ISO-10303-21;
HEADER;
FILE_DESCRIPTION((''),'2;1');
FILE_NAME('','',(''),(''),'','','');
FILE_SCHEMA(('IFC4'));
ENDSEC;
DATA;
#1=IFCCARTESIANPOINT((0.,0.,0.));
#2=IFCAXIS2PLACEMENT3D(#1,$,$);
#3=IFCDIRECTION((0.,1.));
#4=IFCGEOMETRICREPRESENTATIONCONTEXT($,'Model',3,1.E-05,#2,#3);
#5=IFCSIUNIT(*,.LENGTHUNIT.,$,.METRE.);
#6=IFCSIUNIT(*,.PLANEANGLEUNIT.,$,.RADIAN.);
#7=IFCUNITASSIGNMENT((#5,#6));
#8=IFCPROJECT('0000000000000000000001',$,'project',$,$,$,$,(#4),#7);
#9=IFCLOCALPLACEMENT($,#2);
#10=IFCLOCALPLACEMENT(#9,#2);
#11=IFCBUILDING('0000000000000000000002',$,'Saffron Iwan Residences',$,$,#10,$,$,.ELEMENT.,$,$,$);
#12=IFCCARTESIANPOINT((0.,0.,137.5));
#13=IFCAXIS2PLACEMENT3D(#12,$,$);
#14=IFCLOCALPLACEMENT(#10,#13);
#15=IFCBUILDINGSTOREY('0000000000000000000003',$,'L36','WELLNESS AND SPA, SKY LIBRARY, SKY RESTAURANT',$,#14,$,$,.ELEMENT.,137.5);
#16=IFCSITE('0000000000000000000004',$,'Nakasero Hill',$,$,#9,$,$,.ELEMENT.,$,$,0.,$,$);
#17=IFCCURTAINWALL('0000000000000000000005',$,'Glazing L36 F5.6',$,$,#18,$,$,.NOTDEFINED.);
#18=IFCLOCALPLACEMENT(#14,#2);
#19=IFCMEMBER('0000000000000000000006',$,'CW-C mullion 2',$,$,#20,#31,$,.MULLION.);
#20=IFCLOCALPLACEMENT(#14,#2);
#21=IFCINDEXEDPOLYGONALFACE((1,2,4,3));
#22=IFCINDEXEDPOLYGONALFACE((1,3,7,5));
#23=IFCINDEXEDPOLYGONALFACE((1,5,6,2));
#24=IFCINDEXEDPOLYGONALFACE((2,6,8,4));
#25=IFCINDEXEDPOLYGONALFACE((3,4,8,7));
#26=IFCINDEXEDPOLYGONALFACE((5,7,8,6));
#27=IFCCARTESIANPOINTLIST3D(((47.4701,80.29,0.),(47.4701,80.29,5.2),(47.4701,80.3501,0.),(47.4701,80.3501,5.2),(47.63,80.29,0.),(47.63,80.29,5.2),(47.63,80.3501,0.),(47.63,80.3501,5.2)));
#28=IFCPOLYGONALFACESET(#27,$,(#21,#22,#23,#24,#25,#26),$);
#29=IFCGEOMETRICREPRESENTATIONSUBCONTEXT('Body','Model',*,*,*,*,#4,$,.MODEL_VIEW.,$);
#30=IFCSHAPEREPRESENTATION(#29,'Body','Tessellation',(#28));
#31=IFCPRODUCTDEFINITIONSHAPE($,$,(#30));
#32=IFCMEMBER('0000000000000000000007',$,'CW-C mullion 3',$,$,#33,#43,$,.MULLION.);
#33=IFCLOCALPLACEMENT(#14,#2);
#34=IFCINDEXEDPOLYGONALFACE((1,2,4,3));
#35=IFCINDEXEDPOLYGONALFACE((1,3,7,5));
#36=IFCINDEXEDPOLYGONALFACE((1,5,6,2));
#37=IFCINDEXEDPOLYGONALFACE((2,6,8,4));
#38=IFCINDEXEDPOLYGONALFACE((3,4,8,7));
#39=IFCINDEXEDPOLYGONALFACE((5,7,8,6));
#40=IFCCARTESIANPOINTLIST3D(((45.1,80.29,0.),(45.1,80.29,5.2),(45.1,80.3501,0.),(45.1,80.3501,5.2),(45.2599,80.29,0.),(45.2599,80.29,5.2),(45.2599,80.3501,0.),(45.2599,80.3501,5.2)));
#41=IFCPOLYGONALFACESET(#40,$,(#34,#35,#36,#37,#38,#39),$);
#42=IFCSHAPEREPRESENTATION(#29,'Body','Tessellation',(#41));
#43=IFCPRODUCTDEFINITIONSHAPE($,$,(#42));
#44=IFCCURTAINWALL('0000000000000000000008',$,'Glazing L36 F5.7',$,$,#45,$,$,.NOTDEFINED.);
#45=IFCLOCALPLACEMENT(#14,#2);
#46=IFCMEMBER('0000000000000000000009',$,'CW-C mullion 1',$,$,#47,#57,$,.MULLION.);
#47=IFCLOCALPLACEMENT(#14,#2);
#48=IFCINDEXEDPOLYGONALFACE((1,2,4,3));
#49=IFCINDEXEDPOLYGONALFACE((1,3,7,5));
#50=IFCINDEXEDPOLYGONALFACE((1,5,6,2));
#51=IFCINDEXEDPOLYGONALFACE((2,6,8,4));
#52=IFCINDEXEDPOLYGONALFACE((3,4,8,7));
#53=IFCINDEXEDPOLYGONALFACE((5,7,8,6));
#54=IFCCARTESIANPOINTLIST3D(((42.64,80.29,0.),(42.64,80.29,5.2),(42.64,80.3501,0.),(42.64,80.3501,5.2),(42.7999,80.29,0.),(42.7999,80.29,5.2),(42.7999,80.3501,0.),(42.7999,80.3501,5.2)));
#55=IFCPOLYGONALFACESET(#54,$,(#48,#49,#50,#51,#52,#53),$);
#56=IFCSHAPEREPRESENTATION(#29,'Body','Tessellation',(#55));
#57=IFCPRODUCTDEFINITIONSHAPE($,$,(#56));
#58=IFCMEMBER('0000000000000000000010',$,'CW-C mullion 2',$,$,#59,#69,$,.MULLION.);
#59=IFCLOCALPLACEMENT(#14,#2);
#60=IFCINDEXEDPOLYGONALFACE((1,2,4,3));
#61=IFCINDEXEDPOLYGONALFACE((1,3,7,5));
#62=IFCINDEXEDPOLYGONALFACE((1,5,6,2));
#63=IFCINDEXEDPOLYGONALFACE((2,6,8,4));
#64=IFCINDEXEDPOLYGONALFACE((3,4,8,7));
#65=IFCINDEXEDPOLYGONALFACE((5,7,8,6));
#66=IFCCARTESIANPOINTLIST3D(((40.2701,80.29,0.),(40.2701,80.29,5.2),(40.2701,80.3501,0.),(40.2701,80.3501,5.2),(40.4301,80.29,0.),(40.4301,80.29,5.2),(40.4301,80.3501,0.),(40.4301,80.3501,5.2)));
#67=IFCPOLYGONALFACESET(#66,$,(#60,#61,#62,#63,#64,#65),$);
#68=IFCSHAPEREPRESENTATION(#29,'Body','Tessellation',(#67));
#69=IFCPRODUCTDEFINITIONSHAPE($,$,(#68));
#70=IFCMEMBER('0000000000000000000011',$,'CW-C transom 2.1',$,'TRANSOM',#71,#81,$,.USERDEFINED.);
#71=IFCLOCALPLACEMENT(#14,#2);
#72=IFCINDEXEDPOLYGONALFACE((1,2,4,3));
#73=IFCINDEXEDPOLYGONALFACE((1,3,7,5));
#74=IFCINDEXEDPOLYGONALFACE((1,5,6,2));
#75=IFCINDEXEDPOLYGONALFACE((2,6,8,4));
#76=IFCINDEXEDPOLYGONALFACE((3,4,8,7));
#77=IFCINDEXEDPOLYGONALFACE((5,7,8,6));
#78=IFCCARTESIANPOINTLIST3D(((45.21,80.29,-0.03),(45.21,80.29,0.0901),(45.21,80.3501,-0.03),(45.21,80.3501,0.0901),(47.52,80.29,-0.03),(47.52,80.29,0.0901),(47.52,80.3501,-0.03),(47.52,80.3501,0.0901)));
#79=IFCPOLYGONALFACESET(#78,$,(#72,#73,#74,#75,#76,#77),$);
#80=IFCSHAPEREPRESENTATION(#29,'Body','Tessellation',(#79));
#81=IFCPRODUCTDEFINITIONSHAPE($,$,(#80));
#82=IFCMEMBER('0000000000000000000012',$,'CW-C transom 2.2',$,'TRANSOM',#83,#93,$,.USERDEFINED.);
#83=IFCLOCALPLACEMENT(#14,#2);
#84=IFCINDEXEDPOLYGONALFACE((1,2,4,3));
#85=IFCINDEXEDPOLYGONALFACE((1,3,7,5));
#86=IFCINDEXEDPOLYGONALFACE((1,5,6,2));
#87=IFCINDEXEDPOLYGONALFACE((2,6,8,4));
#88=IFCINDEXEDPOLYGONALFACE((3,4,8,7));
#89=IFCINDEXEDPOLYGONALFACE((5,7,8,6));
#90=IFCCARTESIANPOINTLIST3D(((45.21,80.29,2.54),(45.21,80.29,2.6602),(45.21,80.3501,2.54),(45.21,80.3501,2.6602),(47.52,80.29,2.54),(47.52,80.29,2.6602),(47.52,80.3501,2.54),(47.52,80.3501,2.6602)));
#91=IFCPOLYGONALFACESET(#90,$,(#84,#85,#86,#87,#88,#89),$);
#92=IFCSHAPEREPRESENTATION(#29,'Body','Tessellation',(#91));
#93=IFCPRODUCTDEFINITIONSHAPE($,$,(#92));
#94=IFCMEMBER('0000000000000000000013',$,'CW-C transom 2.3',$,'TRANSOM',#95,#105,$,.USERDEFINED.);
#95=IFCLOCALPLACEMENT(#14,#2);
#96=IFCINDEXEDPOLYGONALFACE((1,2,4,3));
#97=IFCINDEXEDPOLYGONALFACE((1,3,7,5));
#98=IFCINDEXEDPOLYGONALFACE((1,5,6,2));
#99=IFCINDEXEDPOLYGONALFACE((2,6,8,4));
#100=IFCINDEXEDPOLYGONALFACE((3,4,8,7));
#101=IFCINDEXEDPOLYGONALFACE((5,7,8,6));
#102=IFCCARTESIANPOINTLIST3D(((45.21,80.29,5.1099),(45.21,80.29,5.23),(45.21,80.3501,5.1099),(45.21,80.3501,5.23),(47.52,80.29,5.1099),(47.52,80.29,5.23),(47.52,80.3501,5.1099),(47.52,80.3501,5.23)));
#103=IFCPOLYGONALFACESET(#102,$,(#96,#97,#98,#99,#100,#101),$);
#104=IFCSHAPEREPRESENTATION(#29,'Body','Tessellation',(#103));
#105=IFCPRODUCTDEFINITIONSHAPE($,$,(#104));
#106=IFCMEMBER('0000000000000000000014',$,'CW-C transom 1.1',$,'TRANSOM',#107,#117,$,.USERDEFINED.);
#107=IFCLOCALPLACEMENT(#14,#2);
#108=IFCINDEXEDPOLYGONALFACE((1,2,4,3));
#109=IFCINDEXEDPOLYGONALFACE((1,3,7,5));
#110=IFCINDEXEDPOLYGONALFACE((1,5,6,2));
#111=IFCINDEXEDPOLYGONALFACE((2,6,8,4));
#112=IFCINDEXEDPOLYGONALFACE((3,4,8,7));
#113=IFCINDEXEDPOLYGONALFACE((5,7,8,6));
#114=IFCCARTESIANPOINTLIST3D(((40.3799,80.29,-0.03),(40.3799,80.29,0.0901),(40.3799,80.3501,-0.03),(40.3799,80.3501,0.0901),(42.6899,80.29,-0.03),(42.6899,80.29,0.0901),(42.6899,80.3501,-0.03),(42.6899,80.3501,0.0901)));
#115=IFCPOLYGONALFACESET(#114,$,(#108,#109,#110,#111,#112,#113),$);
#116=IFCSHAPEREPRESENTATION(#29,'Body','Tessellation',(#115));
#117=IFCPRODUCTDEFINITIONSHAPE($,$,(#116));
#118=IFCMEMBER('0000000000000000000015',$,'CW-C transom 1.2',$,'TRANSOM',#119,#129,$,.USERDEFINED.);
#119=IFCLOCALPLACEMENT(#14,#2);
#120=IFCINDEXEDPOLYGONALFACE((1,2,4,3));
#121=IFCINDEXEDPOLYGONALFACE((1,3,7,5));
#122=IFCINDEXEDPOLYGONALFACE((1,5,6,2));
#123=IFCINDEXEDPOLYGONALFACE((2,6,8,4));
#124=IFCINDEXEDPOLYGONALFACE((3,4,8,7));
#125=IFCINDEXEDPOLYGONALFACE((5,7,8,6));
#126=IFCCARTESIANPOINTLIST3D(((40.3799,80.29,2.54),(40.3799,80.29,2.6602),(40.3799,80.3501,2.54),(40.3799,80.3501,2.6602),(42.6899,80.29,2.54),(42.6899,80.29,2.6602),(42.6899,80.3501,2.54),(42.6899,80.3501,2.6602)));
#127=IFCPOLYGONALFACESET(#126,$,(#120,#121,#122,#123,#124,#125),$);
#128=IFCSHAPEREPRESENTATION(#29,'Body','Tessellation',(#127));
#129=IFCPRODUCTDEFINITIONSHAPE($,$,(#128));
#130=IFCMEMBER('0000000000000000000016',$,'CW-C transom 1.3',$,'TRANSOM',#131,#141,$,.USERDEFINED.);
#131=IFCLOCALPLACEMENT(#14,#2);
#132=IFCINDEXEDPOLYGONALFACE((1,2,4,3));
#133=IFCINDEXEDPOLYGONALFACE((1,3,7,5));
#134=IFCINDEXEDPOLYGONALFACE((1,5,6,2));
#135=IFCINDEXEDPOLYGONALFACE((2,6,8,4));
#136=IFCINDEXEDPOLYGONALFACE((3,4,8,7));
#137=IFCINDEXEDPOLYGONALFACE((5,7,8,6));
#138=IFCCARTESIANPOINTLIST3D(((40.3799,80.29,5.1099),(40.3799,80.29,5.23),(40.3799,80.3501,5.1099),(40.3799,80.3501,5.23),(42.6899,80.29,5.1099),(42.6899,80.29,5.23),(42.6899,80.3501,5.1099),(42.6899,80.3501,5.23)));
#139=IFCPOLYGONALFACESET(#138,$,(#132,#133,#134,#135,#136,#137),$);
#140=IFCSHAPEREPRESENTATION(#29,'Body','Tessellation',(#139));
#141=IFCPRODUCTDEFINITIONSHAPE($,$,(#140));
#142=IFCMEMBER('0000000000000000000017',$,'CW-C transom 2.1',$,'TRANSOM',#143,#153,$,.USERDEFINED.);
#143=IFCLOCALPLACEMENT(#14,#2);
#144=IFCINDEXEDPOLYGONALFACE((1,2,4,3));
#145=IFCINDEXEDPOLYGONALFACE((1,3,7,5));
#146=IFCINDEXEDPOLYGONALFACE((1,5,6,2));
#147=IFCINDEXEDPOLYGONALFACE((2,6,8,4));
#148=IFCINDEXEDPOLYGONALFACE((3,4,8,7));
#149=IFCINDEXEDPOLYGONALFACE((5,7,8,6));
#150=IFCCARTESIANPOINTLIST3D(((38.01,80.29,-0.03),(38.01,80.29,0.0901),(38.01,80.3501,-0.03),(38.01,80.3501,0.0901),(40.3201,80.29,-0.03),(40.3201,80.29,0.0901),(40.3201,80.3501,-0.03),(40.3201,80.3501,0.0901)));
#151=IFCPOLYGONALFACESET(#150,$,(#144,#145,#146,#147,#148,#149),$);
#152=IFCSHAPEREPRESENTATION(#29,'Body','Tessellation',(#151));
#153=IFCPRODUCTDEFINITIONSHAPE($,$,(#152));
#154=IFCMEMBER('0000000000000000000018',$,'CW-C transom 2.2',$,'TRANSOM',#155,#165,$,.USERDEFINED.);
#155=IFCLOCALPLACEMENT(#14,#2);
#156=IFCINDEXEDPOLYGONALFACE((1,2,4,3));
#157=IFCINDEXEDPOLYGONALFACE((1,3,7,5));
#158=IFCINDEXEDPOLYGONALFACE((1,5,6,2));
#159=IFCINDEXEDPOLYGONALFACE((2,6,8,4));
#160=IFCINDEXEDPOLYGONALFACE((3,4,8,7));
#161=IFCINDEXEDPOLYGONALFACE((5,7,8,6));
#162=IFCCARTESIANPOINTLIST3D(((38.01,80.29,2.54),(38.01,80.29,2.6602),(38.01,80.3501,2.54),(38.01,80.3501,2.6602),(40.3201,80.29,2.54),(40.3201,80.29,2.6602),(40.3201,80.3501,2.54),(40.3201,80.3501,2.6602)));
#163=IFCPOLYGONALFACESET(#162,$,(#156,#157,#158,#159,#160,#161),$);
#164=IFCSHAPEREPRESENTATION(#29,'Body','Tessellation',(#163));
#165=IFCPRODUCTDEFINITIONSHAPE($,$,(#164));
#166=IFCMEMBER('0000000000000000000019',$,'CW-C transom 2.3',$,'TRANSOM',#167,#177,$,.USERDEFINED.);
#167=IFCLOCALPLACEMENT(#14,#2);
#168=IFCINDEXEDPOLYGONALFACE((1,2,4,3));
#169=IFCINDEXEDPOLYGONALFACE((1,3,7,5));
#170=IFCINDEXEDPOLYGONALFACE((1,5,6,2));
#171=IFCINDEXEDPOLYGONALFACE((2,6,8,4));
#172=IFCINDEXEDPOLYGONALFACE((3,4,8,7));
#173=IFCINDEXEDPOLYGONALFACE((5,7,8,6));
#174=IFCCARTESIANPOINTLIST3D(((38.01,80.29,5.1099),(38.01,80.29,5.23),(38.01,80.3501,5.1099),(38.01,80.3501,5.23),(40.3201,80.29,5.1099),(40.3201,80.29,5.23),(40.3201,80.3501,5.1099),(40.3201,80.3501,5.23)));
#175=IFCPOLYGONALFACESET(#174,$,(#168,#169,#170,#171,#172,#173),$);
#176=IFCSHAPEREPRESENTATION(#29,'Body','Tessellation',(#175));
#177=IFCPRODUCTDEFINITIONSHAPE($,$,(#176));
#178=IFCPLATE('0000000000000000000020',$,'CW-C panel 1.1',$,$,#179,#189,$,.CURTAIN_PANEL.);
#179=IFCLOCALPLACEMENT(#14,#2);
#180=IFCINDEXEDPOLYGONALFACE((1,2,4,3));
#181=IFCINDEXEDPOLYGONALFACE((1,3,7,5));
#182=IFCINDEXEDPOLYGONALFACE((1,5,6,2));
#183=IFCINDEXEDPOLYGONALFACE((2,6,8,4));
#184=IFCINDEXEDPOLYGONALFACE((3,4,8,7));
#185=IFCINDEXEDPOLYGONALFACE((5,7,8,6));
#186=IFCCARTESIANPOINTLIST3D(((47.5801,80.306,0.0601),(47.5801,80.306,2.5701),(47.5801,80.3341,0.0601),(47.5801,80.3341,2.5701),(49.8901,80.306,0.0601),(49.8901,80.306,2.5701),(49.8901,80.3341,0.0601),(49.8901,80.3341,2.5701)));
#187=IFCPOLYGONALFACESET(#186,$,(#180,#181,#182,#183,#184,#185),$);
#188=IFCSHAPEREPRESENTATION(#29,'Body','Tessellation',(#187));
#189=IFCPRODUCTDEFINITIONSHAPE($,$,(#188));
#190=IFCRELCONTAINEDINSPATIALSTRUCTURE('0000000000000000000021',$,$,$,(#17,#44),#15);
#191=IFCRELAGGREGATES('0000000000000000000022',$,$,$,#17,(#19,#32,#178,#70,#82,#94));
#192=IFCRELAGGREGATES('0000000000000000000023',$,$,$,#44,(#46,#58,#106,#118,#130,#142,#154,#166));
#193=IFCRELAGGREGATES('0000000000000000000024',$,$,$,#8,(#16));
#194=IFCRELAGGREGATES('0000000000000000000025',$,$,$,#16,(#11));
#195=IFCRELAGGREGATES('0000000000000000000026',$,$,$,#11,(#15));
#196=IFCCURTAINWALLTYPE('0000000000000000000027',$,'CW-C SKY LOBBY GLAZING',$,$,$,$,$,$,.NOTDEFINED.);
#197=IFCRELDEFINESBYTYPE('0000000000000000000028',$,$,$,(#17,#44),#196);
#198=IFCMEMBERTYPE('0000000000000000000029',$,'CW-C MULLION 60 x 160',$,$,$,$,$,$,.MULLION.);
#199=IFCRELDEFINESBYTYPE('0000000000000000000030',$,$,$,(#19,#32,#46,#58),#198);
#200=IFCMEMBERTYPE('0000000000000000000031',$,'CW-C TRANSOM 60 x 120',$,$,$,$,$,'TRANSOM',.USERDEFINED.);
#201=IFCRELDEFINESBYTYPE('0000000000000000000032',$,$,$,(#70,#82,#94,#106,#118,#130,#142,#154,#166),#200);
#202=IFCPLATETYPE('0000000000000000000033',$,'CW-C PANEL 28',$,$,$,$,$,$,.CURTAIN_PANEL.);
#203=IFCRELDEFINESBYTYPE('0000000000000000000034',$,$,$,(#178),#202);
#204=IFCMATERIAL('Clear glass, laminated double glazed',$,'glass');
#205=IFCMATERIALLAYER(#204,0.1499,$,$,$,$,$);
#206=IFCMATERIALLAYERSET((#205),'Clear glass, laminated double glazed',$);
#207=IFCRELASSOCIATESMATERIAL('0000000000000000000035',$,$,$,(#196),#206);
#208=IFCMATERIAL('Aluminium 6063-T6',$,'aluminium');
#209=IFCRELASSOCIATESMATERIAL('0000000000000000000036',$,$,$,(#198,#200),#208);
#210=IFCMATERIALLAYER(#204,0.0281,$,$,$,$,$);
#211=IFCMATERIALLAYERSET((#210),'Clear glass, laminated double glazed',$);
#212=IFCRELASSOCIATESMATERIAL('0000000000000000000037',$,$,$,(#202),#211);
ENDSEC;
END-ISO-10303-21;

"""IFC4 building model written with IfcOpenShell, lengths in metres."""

from ifc_helpers import new_model, si_unit, direction, frame, origin, origin_2d, place, context, subcontext, project, spatial, rectangle, extrude, source, transform, mapped, material, layer, layer_set, material_profile, profile_set, type_object, element, aggregate, save


model = new_model("IFC4")

# Units and contexts
model_context = context("Model", 3, precision=1e-05, world=origin(), true_north=direction((0.0, 1.0)))
body_context = subcontext(model_context, "Body", "Model", "MODEL_VIEW")
ifc_project = project(units=[si_unit("LENGTHUNIT", "METRE"), si_unit("PLANEANGLEUNIT", "RADIAN")], contexts=[model_context])

# Site, building, storey
site_placement = place(None, origin())
site = spatial("IfcSite", under=ifc_project, at=site_placement, Name="Nakasero Hill", CompositionType="ELEMENT", RefElevation=0.0)
building_placement = place(site_placement, origin())
building = spatial("IfcBuilding", under=site, at=building_placement, Name="Saffron Iwan Residences", CompositionType="ELEMENT")
storey_placement = place(building_placement, frame((0.0, 0.0, 137.5)))
storey = spatial("IfcBuildingStorey", under=building, at=storey_placement, Name="L36", Description="WELLNESS AND SPA, SKY LIBRARY, SKY RESTAURANT", CompositionType="ELEMENT", Elevation=137.5)

# Curtain walls, members
ifc_material_1 = material(Name="Clear glass, laminated double glazed", Category="glass")
ifc_layer_1 = layer(ifc_material_1, 0.1499)
ifc_layer_set_1 = layer_set([ifc_layer_1], Name="Clear glass, laminated double glazed")
curtain_wall_type = type_object("IfcCurtainWallType", Name="CW-C SKY LOBBY GLAZING", PredefinedType="NOTDEFINED", material=ifc_layer_set_1)
curtain_wall_1_placement = place(storey_placement, origin())
curtain_wall_1 = element("IfcCurtainWall", 1, at=curtain_wall_1_placement, inside=storey, type_object=curtain_wall_type, Name="Glazing L36 F5.6", PredefinedType="NOTDEFINED")
ifc_material_2 = material(Name="Aluminium 6063-T6", Category="aluminium")
ifc_material_profile_1 = material_profile(ifc_material_2, rectangle(XDim=0.0601, YDim=0.1599, at=origin_2d()), Name="CW-C MULLION 60 x 160")
ifc_profile_set_1 = profile_set([ifc_material_profile_1], Name="Aluminium 6063-T6")
member_type_1 = type_object("IfcMemberType", Name="CW-C MULLION 60 x 160", PredefinedType="MULLION", material=ifc_profile_set_1)
shared_shape_1 = source(origin(), body_context, "Body", "SweptSolid", [
    extrude(rectangle(XDim=0.0601, YDim=0.1599, at=origin_2d()), origin(), (0.0, 0.0, 1.0), 5.2),
])
member_1_placement = place(storey_placement, frame((47.55, 80.3201, 0.0), z_axis=(0.0, 0.0, 1.0), x_axis=(0.0, -1.0, 0.0)))
member_1 = element("IfcMember", 2, at=member_1_placement, type_object=member_type_1, Name="CW-C mullion 2", PredefinedType="MULLION", context=body_context, shape_type="MappedRepresentation", body=[
    mapped(shared_shape_1, transform((0.0, 0.0, 0.0))),
])
member_2_placement = place(storey_placement, frame((45.1799, 80.3201, 0.0), z_axis=(0.0, 0.0, 1.0), x_axis=(0.0, -1.0, 0.0)))
member_2 = element("IfcMember", 3, at=member_2_placement, type_object=member_type_1, Name="CW-C mullion 3", PredefinedType="MULLION", context=body_context, shape_type="MappedRepresentation", body=[
    mapped(shared_shape_1, transform((0.0, 0.0, 0.0))),
])
curtain_wall_2_placement = place(storey_placement, origin())
curtain_wall_2 = element("IfcCurtainWall", 4, at=curtain_wall_2_placement, inside=storey, type_object=curtain_wall_type, Name="Glazing L36 F5.7", PredefinedType="NOTDEFINED")
member_3_placement = place(storey_placement, frame((42.72, 80.3201, 0.0), z_axis=(0.0, 0.0, 1.0), x_axis=(0.0, -1.0, 0.0)))
member_3 = element("IfcMember", 5, at=member_3_placement, type_object=member_type_1, Name="CW-C mullion 1", PredefinedType="MULLION", context=body_context, shape_type="MappedRepresentation", body=[
    mapped(shared_shape_1, transform((0.0, 0.0, 0.0))),
])
member_4_placement = place(storey_placement, frame((40.3501, 80.3201, 0.0), z_axis=(0.0, 0.0, 1.0), x_axis=(0.0, -1.0, 0.0)))
member_4 = element("IfcMember", 6, at=member_4_placement, type_object=member_type_1, Name="CW-C mullion 2", PredefinedType="MULLION", context=body_context, shape_type="MappedRepresentation", body=[
    mapped(shared_shape_1, transform((0.0, 0.0, 0.0))),
])

# Members
ifc_material_profile_2 = material_profile(ifc_material_2, rectangle(XDim=0.0601, YDim=0.1201, at=origin_2d()), Name="CW-C TRANSOM 60 x 120")
ifc_profile_set_2 = profile_set([ifc_material_profile_2], Name="Aluminium 6063-T6")
member_type_2 = type_object("IfcMemberType", Name="CW-C TRANSOM 60 x 120", ElementType="TRANSOM", PredefinedType="USERDEFINED", material=ifc_profile_set_2)
shared_shape_2 = source(origin(), body_context, "Body", "SweptSolid", [
    extrude(rectangle(XDim=0.0601, YDim=0.1201, at=origin_2d()), origin(), (0.0, 0.0, 1.0), 2.3101),
])
member_5_placement = place(storey_placement, frame((47.52, 80.3201, 0.03), z_axis=(-1.0, 0.0, 0.0), x_axis=(0.0, -1.0, 0.0)))
member_5 = element("IfcMember", 7, at=member_5_placement, type_object=member_type_2, Name="CW-C transom 2.1", ObjectType="TRANSOM", PredefinedType="USERDEFINED", context=body_context, shape_type="MappedRepresentation", body=[
    mapped(shared_shape_2, transform((0.0, 0.0, 0.0))),
])
member_6_placement = place(storey_placement, frame((47.52, 80.3201, 2.6001), z_axis=(-1.0, 0.0, 0.0), x_axis=(0.0, -1.0, 0.0)))
member_6 = element("IfcMember", 8, at=member_6_placement, type_object=member_type_2, Name="CW-C transom 2.2", ObjectType="TRANSOM", PredefinedType="USERDEFINED", context=body_context, shape_type="MappedRepresentation", body=[
    mapped(shared_shape_2, transform((0.0, 0.0, 0.0))),
])
member_7_placement = place(storey_placement, frame((47.52, 80.3201, 5.1699), z_axis=(-1.0, 0.0, 0.0), x_axis=(0.0, -1.0, 0.0)))
member_7 = element("IfcMember", 9, at=member_7_placement, type_object=member_type_2, Name="CW-C transom 2.3", ObjectType="TRANSOM", PredefinedType="USERDEFINED", context=body_context, shape_type="MappedRepresentation", body=[
    mapped(shared_shape_2, transform((0.0, 0.0, 0.0))),
])
member_8_placement = place(storey_placement, frame((42.6899, 80.3201, 0.03), z_axis=(-1.0, 0.0, 0.0), x_axis=(0.0, -1.0, 0.0)))
member_8 = element("IfcMember", 10, at=member_8_placement, type_object=member_type_2, Name="CW-C transom 1.1", ObjectType="TRANSOM", PredefinedType="USERDEFINED", context=body_context, shape_type="MappedRepresentation", body=[
    mapped(shared_shape_2, transform((0.0, 0.0, 0.0))),
])
member_9_placement = place(storey_placement, frame((42.6899, 80.3201, 2.6001), z_axis=(-1.0, 0.0, 0.0), x_axis=(0.0, -1.0, 0.0)))
member_9 = element("IfcMember", 11, at=member_9_placement, type_object=member_type_2, Name="CW-C transom 1.2", ObjectType="TRANSOM", PredefinedType="USERDEFINED", context=body_context, shape_type="MappedRepresentation", body=[
    mapped(shared_shape_2, transform((0.0, 0.0, 0.0))),
])
member_10_placement = place(storey_placement, frame((42.6899, 80.3201, 5.1699), z_axis=(-1.0, 0.0, 0.0), x_axis=(0.0, -1.0, 0.0)))
member_10 = element("IfcMember", 12, at=member_10_placement, type_object=member_type_2, Name="CW-C transom 1.3", ObjectType="TRANSOM", PredefinedType="USERDEFINED", context=body_context, shape_type="MappedRepresentation", body=[
    mapped(shared_shape_2, transform((0.0, 0.0, 0.0))),
])
member_11_placement = place(storey_placement, frame((40.3201, 80.3201, 0.03), z_axis=(-1.0, 0.0, 0.0), x_axis=(0.0, -1.0, 0.0)))
member_11 = element("IfcMember", 13, at=member_11_placement, type_object=member_type_2, Name="CW-C transom 2.1", ObjectType="TRANSOM", PredefinedType="USERDEFINED", context=body_context, shape_type="MappedRepresentation", body=[
    mapped(shared_shape_2, transform((0.0, 0.0, 0.0))),
])
member_12_placement = place(storey_placement, frame((40.3201, 80.3201, 2.6001), z_axis=(-1.0, 0.0, 0.0), x_axis=(0.0, -1.0, 0.0)))
member_12 = element("IfcMember", 14, at=member_12_placement, type_object=member_type_2, Name="CW-C transom 2.2", ObjectType="TRANSOM", PredefinedType="USERDEFINED", context=body_context, shape_type="MappedRepresentation", body=[
    mapped(shared_shape_2, transform((0.0, 0.0, 0.0))),
])
member_13_placement = place(storey_placement, frame((40.3201, 80.3201, 5.1699), z_axis=(-1.0, 0.0, 0.0), x_axis=(0.0, -1.0, 0.0)))
member_13 = element("IfcMember", 15, at=member_13_placement, type_object=member_type_2, Name="CW-C transom 2.3", ObjectType="TRANSOM", PredefinedType="USERDEFINED", context=body_context, shape_type="MappedRepresentation", body=[
    mapped(shared_shape_2, transform((0.0, 0.0, 0.0))),
])

# Plate
ifc_layer_2 = layer(ifc_material_1, 0.0281)
ifc_layer_set_2 = layer_set([ifc_layer_2], Name="Clear glass, laminated double glazed")
plate_type = type_object("IfcPlateType", Name="CW-C PANEL 28", PredefinedType="CURTAIN_PANEL", material=ifc_layer_set_2)
shared_shape_3 = source(origin(), body_context, "Body", "SweptSolid", [
    extrude(rectangle(XDim=2.3101, YDim=0.0281, at=origin_2d()), origin(), (0.0, 0.0, 1.0), 2.51),
])
plate_1_placement = place(storey_placement, frame((48.7351, 80.3201, 0.0601), z_axis=(0.0, 0.0, 1.0), x_axis=(-1.0, 0.0, 0.0)))
plate_1 = element("IfcPlate", 16, at=plate_1_placement, type_object=plate_type, Name="CW-C panel 1.1", PredefinedType="CURTAIN_PANEL", context=body_context, shape_type="MappedRepresentation", body=[
    mapped(shared_shape_3, transform((0.0, 0.0, 0.0))),
])
aggregate(curtain_wall_1, [member_1, member_2, plate_1, member_5, member_6, member_7])
aggregate(curtain_wall_2, [member_3, member_4, member_8, member_9, member_10, member_11, member_12, member_13])

save(model, "model.ifc")
